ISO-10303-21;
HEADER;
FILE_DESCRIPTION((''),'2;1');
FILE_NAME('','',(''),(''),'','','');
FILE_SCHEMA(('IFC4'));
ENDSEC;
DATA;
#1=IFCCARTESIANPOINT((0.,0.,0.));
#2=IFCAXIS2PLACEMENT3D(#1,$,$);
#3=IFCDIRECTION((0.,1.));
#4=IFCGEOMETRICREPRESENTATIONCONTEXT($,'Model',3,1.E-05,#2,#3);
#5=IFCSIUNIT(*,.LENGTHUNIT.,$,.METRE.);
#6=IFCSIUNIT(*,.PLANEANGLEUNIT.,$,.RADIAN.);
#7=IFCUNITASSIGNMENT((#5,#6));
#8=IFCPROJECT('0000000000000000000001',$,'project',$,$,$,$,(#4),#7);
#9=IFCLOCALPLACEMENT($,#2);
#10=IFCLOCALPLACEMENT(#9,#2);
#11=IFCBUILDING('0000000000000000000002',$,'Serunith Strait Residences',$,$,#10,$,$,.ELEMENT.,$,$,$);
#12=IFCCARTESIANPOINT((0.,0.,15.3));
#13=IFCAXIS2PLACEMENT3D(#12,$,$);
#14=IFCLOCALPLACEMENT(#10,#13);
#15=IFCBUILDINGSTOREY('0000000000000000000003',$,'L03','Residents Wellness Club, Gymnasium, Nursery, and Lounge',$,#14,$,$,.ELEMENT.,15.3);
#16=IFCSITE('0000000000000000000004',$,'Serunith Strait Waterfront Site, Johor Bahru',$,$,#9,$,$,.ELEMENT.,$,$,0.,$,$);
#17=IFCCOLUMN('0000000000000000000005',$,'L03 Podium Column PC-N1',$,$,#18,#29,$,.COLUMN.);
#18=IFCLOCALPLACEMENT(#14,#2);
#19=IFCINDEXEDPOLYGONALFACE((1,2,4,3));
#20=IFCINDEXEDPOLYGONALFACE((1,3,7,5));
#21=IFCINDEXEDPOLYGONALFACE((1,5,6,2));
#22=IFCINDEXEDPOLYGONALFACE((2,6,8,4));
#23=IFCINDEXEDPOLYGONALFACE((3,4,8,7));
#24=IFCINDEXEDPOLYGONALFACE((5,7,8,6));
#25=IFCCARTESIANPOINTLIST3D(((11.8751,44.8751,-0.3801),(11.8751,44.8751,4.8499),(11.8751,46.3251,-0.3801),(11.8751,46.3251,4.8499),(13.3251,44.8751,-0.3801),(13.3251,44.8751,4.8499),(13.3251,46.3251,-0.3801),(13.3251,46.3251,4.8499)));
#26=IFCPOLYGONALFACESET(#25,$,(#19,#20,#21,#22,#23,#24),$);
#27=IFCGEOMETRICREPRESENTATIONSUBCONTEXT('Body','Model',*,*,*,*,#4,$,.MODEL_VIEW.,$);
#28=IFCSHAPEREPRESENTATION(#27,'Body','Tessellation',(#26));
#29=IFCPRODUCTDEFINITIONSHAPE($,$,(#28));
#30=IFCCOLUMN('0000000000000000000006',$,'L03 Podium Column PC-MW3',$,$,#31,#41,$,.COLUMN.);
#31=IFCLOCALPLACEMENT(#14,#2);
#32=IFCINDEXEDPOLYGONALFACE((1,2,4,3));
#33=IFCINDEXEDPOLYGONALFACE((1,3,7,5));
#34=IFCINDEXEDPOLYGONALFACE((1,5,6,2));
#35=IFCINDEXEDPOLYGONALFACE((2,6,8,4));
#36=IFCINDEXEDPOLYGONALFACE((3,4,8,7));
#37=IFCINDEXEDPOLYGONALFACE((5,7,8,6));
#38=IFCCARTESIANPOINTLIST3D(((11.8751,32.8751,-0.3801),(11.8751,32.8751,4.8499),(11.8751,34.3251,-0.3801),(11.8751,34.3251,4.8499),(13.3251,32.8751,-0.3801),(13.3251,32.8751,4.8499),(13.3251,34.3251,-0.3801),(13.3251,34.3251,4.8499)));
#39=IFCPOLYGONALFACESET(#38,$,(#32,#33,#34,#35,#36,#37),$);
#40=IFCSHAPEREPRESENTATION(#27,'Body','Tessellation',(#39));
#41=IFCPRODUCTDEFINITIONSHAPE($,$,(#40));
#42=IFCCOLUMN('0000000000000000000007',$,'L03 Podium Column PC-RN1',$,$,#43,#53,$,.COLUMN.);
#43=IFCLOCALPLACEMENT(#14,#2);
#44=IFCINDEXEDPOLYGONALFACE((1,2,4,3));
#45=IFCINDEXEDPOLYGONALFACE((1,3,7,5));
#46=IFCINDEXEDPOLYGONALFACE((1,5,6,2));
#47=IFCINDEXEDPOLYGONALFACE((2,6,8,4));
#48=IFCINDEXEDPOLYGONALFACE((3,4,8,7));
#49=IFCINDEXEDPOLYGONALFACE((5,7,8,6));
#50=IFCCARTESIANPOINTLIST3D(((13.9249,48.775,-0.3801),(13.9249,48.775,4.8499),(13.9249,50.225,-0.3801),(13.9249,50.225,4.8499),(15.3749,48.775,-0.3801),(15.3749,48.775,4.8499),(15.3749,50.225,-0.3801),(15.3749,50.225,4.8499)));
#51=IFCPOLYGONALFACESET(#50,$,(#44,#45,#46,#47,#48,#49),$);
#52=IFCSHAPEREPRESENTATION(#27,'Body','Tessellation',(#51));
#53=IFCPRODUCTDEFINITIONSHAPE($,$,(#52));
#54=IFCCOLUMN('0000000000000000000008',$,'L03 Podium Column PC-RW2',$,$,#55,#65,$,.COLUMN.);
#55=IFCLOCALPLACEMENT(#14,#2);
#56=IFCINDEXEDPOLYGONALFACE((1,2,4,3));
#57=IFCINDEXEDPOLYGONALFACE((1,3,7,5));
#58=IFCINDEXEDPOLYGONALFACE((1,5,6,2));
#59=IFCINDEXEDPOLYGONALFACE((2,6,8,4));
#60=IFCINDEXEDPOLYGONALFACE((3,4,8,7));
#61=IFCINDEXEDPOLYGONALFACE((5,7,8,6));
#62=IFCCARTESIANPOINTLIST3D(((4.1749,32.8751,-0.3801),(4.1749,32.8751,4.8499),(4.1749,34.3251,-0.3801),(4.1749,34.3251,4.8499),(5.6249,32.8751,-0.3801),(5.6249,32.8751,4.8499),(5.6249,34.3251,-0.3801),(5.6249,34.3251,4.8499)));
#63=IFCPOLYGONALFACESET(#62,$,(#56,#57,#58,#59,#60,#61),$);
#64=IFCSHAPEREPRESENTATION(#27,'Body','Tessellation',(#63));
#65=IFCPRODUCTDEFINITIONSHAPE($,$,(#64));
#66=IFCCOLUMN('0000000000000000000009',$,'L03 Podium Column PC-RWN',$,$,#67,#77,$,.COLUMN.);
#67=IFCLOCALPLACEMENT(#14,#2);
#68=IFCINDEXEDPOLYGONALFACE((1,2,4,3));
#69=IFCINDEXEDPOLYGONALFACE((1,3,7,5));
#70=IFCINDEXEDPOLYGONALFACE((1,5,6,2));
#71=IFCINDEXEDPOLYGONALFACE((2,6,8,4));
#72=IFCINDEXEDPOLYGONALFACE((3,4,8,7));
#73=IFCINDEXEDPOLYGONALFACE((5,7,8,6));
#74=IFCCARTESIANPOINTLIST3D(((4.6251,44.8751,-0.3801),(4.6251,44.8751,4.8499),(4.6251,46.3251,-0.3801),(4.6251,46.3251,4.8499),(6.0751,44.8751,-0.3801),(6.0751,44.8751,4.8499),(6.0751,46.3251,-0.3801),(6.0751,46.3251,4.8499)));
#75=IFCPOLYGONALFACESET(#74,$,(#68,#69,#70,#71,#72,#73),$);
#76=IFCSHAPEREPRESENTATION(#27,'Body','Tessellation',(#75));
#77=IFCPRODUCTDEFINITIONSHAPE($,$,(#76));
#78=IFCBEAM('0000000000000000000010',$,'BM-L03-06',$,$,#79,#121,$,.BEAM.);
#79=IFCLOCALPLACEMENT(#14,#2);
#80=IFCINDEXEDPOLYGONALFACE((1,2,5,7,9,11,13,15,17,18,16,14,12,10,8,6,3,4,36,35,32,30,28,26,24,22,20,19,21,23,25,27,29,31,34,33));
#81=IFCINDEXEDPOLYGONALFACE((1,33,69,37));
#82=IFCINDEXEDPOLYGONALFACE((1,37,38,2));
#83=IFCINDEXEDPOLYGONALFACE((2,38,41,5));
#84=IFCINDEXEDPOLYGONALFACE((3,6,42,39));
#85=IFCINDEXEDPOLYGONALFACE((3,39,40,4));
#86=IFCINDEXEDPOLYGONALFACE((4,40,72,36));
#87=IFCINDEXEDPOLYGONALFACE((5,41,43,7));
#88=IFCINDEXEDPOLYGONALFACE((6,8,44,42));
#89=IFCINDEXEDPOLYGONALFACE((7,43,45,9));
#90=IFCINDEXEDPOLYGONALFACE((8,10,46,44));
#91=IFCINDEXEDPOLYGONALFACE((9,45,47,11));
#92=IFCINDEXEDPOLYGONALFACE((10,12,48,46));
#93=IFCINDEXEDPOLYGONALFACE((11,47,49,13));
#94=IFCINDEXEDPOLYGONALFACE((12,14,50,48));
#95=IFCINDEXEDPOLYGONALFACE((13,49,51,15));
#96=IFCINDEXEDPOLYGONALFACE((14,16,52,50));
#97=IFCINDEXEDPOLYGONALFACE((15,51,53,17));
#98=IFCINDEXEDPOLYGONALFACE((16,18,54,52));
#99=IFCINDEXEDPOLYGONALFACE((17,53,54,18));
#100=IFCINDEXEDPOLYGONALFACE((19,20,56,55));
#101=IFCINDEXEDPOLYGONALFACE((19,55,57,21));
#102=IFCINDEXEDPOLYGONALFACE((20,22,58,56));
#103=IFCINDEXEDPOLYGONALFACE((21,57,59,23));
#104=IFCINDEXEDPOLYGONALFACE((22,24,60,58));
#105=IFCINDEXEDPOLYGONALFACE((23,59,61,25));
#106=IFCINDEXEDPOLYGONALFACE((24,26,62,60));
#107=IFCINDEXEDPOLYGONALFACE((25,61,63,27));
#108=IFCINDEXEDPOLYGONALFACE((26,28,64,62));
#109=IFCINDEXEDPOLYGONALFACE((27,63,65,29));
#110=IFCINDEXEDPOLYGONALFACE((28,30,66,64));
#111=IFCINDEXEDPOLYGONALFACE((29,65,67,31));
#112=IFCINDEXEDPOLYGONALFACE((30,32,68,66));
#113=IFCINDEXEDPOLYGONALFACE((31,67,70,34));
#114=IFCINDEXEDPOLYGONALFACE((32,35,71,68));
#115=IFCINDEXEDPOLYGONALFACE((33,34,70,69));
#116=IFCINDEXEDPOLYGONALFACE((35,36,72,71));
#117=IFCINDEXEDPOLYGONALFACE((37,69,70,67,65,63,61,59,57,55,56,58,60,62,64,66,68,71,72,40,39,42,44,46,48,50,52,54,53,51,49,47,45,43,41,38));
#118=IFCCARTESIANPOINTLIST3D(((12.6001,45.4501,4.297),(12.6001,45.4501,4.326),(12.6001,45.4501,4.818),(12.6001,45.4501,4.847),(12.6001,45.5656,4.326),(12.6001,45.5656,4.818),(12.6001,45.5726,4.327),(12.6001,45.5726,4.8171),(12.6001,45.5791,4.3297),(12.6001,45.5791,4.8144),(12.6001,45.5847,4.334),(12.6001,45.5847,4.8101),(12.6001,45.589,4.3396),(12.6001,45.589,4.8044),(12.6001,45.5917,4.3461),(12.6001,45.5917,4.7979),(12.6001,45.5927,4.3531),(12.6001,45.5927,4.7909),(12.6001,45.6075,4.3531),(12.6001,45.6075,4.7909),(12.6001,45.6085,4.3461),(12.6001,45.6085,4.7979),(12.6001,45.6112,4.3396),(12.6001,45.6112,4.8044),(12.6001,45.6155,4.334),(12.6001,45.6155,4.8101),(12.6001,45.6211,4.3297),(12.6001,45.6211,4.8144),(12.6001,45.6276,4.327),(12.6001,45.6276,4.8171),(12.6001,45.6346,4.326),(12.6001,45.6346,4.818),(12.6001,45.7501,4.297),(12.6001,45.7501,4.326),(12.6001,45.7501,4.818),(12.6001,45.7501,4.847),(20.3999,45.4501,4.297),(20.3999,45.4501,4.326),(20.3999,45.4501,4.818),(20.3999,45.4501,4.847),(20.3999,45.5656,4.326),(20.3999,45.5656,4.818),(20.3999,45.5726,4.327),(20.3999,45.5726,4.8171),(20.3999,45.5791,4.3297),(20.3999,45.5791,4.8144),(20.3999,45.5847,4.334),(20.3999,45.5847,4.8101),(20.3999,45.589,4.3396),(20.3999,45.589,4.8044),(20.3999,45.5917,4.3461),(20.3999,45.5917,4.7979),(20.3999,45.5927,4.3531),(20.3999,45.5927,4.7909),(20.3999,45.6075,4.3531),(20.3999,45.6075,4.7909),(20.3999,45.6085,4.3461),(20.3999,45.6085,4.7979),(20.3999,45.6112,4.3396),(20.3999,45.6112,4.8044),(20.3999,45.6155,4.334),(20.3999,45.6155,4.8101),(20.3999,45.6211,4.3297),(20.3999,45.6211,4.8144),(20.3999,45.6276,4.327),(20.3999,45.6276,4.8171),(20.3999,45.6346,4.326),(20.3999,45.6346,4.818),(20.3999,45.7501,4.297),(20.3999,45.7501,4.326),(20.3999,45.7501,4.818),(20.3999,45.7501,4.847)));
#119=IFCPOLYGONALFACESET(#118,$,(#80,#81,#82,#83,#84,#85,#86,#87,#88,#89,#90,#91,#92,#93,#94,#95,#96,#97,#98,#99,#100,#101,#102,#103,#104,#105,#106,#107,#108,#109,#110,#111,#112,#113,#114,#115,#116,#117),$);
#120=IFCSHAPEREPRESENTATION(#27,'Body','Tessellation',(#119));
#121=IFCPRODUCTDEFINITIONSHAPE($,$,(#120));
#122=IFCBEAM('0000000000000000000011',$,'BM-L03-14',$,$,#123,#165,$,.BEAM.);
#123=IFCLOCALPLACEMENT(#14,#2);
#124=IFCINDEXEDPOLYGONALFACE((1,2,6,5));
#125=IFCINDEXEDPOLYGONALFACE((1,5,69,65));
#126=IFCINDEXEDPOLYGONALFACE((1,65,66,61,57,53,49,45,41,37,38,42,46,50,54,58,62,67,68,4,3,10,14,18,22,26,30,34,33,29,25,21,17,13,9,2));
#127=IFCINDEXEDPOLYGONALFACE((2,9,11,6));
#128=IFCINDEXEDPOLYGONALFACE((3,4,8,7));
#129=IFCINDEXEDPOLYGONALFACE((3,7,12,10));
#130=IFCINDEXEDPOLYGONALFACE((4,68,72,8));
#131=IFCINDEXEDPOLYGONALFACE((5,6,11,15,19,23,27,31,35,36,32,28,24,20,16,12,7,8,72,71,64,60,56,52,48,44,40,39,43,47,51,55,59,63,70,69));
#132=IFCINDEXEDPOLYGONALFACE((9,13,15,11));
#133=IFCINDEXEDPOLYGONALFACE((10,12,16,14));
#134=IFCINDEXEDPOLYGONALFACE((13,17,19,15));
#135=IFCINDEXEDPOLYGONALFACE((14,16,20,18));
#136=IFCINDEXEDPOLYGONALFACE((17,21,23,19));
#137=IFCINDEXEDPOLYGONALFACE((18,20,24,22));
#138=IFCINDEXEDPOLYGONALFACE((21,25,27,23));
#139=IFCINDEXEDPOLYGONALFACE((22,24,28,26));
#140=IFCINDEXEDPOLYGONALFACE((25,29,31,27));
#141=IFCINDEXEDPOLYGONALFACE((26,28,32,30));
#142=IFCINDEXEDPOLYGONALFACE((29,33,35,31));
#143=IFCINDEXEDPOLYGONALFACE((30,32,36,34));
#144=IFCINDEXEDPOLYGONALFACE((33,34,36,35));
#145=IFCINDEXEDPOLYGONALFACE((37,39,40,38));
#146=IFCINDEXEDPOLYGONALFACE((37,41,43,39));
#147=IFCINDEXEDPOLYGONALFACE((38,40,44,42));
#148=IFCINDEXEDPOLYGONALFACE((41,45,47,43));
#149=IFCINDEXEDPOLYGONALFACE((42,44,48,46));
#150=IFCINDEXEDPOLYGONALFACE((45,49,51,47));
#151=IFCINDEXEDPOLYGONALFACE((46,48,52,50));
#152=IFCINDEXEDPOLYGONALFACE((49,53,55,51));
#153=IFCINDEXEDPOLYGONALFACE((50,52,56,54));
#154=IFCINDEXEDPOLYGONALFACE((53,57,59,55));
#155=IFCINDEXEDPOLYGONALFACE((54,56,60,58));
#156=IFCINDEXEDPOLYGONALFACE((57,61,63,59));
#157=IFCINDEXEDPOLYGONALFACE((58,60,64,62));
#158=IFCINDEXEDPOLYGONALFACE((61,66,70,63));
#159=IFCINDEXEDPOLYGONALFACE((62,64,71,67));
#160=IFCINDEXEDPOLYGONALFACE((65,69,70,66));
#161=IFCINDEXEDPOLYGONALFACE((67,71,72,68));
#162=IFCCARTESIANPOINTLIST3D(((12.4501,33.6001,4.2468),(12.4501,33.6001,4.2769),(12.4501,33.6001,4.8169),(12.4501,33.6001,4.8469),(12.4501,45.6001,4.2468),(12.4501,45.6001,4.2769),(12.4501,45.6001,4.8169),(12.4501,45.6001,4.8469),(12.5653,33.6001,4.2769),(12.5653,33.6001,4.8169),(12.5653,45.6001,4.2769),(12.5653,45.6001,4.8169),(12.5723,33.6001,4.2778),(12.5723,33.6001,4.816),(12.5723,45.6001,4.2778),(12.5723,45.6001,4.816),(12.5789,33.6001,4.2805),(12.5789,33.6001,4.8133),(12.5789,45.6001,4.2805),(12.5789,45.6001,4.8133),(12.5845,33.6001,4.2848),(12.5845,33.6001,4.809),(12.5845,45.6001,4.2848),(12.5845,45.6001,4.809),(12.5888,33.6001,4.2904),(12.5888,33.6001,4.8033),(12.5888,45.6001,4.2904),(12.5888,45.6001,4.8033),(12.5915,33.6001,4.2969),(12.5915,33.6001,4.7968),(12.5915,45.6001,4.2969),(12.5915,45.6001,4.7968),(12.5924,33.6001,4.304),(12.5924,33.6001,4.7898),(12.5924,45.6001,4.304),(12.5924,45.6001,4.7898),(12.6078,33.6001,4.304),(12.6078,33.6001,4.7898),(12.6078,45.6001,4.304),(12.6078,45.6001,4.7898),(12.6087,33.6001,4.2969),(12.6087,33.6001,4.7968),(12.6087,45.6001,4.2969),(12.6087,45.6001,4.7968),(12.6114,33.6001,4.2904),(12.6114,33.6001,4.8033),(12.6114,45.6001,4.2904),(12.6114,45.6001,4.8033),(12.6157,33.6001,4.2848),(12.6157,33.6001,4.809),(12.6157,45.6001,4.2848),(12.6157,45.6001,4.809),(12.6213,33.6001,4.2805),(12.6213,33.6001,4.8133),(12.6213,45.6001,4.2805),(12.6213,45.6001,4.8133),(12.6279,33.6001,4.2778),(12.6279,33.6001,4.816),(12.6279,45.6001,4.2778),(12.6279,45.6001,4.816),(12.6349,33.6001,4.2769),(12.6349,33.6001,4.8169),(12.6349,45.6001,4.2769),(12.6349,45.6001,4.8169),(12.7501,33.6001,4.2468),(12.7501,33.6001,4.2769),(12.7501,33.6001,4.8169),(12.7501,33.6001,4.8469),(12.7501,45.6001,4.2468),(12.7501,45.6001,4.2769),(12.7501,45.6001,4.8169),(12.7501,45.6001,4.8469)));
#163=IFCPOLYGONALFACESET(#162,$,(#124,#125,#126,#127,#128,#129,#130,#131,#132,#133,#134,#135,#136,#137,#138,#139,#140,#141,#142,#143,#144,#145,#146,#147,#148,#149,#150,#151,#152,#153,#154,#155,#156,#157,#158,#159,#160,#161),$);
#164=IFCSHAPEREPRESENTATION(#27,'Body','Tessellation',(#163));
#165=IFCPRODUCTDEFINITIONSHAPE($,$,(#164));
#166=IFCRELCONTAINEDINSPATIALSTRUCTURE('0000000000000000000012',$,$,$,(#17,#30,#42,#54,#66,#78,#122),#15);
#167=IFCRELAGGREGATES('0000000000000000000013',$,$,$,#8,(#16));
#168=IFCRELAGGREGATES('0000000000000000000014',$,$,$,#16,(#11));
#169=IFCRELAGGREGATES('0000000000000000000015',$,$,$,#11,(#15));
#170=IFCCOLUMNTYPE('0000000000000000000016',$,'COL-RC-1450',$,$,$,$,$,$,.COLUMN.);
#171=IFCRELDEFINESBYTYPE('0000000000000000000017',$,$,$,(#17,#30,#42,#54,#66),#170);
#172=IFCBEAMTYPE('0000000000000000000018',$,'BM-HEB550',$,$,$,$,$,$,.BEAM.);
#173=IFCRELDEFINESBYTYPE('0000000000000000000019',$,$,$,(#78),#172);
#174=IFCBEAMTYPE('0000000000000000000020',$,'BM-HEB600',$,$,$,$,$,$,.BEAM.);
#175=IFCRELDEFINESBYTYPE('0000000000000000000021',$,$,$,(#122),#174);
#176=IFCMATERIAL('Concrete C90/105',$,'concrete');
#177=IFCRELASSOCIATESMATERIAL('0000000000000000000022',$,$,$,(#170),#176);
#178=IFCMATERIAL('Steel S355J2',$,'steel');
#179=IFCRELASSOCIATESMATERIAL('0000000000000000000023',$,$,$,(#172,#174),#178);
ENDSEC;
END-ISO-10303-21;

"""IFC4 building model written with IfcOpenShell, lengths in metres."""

from ifc_helpers import new_model, si_unit, direction, frame, origin, origin_2d, place, context, subcontext, project, spatial, rectangle, i_section, extrude, source, transform, mapped, material, material_profile, profile_set, type_object, element, save


model = new_model("IFC4")

# Units and contexts
model_context = context("Model", 3, precision=1e-05, world=origin(), true_north=direction((0.0, 1.0)))
body_context = subcontext(model_context, "Body", "Model", "MODEL_VIEW")
ifc_project = project(units=[si_unit("LENGTHUNIT", "METRE"), si_unit("PLANEANGLEUNIT", "RADIAN")], contexts=[model_context])

# Site, building, storey
site_placement = place(None, origin())
site = spatial("IfcSite", under=ifc_project, at=site_placement, Name="Serunith Strait Waterfront Site, Johor Bahru", CompositionType="ELEMENT", RefElevation=0.0)
building_placement = place(site_placement, origin())
building = spatial("IfcBuilding", under=site, at=building_placement, Name="Serunith Strait Residences", CompositionType="ELEMENT")
storey_placement = place(building_placement, frame((0.0, 0.0, 15.3)))
storey = spatial("IfcBuildingStorey", under=building, at=storey_placement, Name="L03", Description="Residents Wellness Club, Gymnasium, Nursery, and Lounge", CompositionType="ELEMENT", Elevation=15.3)

# Columns
ifc_material_1 = material(Name="Concrete C90/105", Category="concrete")
ifc_material_profile_1 = material_profile(ifc_material_1, rectangle(XDim=1.45, YDim=1.45, at=origin_2d()), Name="RC 1450x1450")
ifc_profile_set_1 = profile_set([ifc_material_profile_1], Name="Concrete C90/105")
column_type = type_object("IfcColumnType", Name="COL-RC-1450", PredefinedType="COLUMN", material=ifc_profile_set_1)
shared_shape_1 = source(origin(), body_context, "Body", "SweptSolid", [
    extrude(rectangle(XDim=1.45, YDim=1.45, at=origin_2d()), origin(), (0.0, 0.0, 1.0), 5.23),
])
for number, where, z_axis, x_axis, name in (
    (1, (12.6001, 45.6001, -0.3801), (0.0, 0.0, 1.0), (1.0, 0.0, 0.0), "L03 Podium Column PC-N1"),
    (2, (12.6001, 33.6001, -0.3801), (0.0, 0.0, 1.0), (1.0, 0.0, 0.0), "L03 Podium Column PC-MW3"),
    (3, (14.6499, 49.5, -0.3801), (0.0, 0.0, 1.0), (1.0, 0.0, 0.0), "L03 Podium Column PC-RN1"),
    (4, (4.8999, 33.6001, -0.3801), (0.0, 0.0, 1.0), (1.0, 0.0, 0.0), "L03 Podium Column PC-RW2"),
    (5, (5.3501, 45.6001, -0.3801), (0.0, 0.0, 1.0), (1.0, 0.0, 0.0), "L03 Podium Column PC-RWN"),
):
    element("IfcColumn", number, at=place(storey_placement, frame(where, z_axis=z_axis, x_axis=x_axis)), inside=storey, type_object=column_type, Name=name, PredefinedType="COLUMN", context=body_context, shape_type="MappedRepresentation", body=[
        mapped(shared_shape_1, transform((0.0, 0.0, 0.0), scale=1.0)),
    ])

# Beams
ifc_material_2 = material(Name="Steel S355J2", Category="steel")
ifc_material_profile_2 = material_profile(ifc_material_2, i_section(OverallWidth=0.3, OverallDepth=0.55, WebThickness=0.0149, FlangeThickness=0.0291, FilletRadius=0.0271, at=origin_2d()), Name="HEB 550")
ifc_profile_set_2 = profile_set([ifc_material_profile_2], Name="Steel S355J2")
beam_type_1 = type_object("IfcBeamType", Name="BM-HEB550", PredefinedType="BEAM", material=ifc_profile_set_2)
shared_shape_2 = source(origin(), body_context, "Body", "SweptSolid", [
    extrude(i_section(OverallWidth=0.3, OverallDepth=0.55, WebThickness=0.0149, FlangeThickness=0.0291, FilletRadius=0.0271, at=origin_2d()), origin(), (0.0, 0.0, 1.0), 7.7998),
])
beam_1_placement = place(storey_placement, frame((12.6001, 45.6001, 4.572), z_axis=(1.0, 0.0, 0.0), x_axis=(0.0, 1.0, 0.0)))
element("IfcBeam", 6, at=beam_1_placement, inside=storey, type_object=beam_type_1, Name="BM-L03-06", PredefinedType="BEAM", context=body_context, shape_type="MappedRepresentation", body=[
    mapped(shared_shape_2, transform((0.0, 0.0, 0.0), scale=1.0)),
])
ifc_material_profile_3 = material_profile(ifc_material_2, i_section(OverallWidth=0.3, OverallDepth=0.6001, WebThickness=0.0154, FlangeThickness=0.03, FilletRadius=0.0271, at=origin_2d()), Name="HEB 600")
ifc_profile_set_3 = profile_set([ifc_material_profile_3], Name="Steel S355J2")
beam_type_2 = type_object("IfcBeamType", Name="BM-HEB600", PredefinedType="BEAM", material=ifc_profile_set_3)
shared_shape_3 = source(origin(), body_context, "Body", "SweptSolid", [
    extrude(i_section(OverallWidth=0.3, OverallDepth=0.6001, WebThickness=0.0154, FlangeThickness=0.03, FilletRadius=0.0271, at=origin_2d()), origin(), (0.0, 0.0, 1.0), 12.0),
])
beam_2_placement = place(storey_placement, frame((12.6001, 33.6001, 4.5469), z_axis=(0.0, 1.0, 0.0), x_axis=(-1.0, 0.0, 0.0)))
element("IfcBeam", 7, at=beam_2_placement, inside=storey, type_object=beam_type_2, Name="BM-L03-14", PredefinedType="BEAM", context=body_context, shape_type="MappedRepresentation", body=[
    mapped(shared_shape_3, transform((0.0, 0.0, 0.0), scale=1.0)),
])

save(model, "model.ifc")
